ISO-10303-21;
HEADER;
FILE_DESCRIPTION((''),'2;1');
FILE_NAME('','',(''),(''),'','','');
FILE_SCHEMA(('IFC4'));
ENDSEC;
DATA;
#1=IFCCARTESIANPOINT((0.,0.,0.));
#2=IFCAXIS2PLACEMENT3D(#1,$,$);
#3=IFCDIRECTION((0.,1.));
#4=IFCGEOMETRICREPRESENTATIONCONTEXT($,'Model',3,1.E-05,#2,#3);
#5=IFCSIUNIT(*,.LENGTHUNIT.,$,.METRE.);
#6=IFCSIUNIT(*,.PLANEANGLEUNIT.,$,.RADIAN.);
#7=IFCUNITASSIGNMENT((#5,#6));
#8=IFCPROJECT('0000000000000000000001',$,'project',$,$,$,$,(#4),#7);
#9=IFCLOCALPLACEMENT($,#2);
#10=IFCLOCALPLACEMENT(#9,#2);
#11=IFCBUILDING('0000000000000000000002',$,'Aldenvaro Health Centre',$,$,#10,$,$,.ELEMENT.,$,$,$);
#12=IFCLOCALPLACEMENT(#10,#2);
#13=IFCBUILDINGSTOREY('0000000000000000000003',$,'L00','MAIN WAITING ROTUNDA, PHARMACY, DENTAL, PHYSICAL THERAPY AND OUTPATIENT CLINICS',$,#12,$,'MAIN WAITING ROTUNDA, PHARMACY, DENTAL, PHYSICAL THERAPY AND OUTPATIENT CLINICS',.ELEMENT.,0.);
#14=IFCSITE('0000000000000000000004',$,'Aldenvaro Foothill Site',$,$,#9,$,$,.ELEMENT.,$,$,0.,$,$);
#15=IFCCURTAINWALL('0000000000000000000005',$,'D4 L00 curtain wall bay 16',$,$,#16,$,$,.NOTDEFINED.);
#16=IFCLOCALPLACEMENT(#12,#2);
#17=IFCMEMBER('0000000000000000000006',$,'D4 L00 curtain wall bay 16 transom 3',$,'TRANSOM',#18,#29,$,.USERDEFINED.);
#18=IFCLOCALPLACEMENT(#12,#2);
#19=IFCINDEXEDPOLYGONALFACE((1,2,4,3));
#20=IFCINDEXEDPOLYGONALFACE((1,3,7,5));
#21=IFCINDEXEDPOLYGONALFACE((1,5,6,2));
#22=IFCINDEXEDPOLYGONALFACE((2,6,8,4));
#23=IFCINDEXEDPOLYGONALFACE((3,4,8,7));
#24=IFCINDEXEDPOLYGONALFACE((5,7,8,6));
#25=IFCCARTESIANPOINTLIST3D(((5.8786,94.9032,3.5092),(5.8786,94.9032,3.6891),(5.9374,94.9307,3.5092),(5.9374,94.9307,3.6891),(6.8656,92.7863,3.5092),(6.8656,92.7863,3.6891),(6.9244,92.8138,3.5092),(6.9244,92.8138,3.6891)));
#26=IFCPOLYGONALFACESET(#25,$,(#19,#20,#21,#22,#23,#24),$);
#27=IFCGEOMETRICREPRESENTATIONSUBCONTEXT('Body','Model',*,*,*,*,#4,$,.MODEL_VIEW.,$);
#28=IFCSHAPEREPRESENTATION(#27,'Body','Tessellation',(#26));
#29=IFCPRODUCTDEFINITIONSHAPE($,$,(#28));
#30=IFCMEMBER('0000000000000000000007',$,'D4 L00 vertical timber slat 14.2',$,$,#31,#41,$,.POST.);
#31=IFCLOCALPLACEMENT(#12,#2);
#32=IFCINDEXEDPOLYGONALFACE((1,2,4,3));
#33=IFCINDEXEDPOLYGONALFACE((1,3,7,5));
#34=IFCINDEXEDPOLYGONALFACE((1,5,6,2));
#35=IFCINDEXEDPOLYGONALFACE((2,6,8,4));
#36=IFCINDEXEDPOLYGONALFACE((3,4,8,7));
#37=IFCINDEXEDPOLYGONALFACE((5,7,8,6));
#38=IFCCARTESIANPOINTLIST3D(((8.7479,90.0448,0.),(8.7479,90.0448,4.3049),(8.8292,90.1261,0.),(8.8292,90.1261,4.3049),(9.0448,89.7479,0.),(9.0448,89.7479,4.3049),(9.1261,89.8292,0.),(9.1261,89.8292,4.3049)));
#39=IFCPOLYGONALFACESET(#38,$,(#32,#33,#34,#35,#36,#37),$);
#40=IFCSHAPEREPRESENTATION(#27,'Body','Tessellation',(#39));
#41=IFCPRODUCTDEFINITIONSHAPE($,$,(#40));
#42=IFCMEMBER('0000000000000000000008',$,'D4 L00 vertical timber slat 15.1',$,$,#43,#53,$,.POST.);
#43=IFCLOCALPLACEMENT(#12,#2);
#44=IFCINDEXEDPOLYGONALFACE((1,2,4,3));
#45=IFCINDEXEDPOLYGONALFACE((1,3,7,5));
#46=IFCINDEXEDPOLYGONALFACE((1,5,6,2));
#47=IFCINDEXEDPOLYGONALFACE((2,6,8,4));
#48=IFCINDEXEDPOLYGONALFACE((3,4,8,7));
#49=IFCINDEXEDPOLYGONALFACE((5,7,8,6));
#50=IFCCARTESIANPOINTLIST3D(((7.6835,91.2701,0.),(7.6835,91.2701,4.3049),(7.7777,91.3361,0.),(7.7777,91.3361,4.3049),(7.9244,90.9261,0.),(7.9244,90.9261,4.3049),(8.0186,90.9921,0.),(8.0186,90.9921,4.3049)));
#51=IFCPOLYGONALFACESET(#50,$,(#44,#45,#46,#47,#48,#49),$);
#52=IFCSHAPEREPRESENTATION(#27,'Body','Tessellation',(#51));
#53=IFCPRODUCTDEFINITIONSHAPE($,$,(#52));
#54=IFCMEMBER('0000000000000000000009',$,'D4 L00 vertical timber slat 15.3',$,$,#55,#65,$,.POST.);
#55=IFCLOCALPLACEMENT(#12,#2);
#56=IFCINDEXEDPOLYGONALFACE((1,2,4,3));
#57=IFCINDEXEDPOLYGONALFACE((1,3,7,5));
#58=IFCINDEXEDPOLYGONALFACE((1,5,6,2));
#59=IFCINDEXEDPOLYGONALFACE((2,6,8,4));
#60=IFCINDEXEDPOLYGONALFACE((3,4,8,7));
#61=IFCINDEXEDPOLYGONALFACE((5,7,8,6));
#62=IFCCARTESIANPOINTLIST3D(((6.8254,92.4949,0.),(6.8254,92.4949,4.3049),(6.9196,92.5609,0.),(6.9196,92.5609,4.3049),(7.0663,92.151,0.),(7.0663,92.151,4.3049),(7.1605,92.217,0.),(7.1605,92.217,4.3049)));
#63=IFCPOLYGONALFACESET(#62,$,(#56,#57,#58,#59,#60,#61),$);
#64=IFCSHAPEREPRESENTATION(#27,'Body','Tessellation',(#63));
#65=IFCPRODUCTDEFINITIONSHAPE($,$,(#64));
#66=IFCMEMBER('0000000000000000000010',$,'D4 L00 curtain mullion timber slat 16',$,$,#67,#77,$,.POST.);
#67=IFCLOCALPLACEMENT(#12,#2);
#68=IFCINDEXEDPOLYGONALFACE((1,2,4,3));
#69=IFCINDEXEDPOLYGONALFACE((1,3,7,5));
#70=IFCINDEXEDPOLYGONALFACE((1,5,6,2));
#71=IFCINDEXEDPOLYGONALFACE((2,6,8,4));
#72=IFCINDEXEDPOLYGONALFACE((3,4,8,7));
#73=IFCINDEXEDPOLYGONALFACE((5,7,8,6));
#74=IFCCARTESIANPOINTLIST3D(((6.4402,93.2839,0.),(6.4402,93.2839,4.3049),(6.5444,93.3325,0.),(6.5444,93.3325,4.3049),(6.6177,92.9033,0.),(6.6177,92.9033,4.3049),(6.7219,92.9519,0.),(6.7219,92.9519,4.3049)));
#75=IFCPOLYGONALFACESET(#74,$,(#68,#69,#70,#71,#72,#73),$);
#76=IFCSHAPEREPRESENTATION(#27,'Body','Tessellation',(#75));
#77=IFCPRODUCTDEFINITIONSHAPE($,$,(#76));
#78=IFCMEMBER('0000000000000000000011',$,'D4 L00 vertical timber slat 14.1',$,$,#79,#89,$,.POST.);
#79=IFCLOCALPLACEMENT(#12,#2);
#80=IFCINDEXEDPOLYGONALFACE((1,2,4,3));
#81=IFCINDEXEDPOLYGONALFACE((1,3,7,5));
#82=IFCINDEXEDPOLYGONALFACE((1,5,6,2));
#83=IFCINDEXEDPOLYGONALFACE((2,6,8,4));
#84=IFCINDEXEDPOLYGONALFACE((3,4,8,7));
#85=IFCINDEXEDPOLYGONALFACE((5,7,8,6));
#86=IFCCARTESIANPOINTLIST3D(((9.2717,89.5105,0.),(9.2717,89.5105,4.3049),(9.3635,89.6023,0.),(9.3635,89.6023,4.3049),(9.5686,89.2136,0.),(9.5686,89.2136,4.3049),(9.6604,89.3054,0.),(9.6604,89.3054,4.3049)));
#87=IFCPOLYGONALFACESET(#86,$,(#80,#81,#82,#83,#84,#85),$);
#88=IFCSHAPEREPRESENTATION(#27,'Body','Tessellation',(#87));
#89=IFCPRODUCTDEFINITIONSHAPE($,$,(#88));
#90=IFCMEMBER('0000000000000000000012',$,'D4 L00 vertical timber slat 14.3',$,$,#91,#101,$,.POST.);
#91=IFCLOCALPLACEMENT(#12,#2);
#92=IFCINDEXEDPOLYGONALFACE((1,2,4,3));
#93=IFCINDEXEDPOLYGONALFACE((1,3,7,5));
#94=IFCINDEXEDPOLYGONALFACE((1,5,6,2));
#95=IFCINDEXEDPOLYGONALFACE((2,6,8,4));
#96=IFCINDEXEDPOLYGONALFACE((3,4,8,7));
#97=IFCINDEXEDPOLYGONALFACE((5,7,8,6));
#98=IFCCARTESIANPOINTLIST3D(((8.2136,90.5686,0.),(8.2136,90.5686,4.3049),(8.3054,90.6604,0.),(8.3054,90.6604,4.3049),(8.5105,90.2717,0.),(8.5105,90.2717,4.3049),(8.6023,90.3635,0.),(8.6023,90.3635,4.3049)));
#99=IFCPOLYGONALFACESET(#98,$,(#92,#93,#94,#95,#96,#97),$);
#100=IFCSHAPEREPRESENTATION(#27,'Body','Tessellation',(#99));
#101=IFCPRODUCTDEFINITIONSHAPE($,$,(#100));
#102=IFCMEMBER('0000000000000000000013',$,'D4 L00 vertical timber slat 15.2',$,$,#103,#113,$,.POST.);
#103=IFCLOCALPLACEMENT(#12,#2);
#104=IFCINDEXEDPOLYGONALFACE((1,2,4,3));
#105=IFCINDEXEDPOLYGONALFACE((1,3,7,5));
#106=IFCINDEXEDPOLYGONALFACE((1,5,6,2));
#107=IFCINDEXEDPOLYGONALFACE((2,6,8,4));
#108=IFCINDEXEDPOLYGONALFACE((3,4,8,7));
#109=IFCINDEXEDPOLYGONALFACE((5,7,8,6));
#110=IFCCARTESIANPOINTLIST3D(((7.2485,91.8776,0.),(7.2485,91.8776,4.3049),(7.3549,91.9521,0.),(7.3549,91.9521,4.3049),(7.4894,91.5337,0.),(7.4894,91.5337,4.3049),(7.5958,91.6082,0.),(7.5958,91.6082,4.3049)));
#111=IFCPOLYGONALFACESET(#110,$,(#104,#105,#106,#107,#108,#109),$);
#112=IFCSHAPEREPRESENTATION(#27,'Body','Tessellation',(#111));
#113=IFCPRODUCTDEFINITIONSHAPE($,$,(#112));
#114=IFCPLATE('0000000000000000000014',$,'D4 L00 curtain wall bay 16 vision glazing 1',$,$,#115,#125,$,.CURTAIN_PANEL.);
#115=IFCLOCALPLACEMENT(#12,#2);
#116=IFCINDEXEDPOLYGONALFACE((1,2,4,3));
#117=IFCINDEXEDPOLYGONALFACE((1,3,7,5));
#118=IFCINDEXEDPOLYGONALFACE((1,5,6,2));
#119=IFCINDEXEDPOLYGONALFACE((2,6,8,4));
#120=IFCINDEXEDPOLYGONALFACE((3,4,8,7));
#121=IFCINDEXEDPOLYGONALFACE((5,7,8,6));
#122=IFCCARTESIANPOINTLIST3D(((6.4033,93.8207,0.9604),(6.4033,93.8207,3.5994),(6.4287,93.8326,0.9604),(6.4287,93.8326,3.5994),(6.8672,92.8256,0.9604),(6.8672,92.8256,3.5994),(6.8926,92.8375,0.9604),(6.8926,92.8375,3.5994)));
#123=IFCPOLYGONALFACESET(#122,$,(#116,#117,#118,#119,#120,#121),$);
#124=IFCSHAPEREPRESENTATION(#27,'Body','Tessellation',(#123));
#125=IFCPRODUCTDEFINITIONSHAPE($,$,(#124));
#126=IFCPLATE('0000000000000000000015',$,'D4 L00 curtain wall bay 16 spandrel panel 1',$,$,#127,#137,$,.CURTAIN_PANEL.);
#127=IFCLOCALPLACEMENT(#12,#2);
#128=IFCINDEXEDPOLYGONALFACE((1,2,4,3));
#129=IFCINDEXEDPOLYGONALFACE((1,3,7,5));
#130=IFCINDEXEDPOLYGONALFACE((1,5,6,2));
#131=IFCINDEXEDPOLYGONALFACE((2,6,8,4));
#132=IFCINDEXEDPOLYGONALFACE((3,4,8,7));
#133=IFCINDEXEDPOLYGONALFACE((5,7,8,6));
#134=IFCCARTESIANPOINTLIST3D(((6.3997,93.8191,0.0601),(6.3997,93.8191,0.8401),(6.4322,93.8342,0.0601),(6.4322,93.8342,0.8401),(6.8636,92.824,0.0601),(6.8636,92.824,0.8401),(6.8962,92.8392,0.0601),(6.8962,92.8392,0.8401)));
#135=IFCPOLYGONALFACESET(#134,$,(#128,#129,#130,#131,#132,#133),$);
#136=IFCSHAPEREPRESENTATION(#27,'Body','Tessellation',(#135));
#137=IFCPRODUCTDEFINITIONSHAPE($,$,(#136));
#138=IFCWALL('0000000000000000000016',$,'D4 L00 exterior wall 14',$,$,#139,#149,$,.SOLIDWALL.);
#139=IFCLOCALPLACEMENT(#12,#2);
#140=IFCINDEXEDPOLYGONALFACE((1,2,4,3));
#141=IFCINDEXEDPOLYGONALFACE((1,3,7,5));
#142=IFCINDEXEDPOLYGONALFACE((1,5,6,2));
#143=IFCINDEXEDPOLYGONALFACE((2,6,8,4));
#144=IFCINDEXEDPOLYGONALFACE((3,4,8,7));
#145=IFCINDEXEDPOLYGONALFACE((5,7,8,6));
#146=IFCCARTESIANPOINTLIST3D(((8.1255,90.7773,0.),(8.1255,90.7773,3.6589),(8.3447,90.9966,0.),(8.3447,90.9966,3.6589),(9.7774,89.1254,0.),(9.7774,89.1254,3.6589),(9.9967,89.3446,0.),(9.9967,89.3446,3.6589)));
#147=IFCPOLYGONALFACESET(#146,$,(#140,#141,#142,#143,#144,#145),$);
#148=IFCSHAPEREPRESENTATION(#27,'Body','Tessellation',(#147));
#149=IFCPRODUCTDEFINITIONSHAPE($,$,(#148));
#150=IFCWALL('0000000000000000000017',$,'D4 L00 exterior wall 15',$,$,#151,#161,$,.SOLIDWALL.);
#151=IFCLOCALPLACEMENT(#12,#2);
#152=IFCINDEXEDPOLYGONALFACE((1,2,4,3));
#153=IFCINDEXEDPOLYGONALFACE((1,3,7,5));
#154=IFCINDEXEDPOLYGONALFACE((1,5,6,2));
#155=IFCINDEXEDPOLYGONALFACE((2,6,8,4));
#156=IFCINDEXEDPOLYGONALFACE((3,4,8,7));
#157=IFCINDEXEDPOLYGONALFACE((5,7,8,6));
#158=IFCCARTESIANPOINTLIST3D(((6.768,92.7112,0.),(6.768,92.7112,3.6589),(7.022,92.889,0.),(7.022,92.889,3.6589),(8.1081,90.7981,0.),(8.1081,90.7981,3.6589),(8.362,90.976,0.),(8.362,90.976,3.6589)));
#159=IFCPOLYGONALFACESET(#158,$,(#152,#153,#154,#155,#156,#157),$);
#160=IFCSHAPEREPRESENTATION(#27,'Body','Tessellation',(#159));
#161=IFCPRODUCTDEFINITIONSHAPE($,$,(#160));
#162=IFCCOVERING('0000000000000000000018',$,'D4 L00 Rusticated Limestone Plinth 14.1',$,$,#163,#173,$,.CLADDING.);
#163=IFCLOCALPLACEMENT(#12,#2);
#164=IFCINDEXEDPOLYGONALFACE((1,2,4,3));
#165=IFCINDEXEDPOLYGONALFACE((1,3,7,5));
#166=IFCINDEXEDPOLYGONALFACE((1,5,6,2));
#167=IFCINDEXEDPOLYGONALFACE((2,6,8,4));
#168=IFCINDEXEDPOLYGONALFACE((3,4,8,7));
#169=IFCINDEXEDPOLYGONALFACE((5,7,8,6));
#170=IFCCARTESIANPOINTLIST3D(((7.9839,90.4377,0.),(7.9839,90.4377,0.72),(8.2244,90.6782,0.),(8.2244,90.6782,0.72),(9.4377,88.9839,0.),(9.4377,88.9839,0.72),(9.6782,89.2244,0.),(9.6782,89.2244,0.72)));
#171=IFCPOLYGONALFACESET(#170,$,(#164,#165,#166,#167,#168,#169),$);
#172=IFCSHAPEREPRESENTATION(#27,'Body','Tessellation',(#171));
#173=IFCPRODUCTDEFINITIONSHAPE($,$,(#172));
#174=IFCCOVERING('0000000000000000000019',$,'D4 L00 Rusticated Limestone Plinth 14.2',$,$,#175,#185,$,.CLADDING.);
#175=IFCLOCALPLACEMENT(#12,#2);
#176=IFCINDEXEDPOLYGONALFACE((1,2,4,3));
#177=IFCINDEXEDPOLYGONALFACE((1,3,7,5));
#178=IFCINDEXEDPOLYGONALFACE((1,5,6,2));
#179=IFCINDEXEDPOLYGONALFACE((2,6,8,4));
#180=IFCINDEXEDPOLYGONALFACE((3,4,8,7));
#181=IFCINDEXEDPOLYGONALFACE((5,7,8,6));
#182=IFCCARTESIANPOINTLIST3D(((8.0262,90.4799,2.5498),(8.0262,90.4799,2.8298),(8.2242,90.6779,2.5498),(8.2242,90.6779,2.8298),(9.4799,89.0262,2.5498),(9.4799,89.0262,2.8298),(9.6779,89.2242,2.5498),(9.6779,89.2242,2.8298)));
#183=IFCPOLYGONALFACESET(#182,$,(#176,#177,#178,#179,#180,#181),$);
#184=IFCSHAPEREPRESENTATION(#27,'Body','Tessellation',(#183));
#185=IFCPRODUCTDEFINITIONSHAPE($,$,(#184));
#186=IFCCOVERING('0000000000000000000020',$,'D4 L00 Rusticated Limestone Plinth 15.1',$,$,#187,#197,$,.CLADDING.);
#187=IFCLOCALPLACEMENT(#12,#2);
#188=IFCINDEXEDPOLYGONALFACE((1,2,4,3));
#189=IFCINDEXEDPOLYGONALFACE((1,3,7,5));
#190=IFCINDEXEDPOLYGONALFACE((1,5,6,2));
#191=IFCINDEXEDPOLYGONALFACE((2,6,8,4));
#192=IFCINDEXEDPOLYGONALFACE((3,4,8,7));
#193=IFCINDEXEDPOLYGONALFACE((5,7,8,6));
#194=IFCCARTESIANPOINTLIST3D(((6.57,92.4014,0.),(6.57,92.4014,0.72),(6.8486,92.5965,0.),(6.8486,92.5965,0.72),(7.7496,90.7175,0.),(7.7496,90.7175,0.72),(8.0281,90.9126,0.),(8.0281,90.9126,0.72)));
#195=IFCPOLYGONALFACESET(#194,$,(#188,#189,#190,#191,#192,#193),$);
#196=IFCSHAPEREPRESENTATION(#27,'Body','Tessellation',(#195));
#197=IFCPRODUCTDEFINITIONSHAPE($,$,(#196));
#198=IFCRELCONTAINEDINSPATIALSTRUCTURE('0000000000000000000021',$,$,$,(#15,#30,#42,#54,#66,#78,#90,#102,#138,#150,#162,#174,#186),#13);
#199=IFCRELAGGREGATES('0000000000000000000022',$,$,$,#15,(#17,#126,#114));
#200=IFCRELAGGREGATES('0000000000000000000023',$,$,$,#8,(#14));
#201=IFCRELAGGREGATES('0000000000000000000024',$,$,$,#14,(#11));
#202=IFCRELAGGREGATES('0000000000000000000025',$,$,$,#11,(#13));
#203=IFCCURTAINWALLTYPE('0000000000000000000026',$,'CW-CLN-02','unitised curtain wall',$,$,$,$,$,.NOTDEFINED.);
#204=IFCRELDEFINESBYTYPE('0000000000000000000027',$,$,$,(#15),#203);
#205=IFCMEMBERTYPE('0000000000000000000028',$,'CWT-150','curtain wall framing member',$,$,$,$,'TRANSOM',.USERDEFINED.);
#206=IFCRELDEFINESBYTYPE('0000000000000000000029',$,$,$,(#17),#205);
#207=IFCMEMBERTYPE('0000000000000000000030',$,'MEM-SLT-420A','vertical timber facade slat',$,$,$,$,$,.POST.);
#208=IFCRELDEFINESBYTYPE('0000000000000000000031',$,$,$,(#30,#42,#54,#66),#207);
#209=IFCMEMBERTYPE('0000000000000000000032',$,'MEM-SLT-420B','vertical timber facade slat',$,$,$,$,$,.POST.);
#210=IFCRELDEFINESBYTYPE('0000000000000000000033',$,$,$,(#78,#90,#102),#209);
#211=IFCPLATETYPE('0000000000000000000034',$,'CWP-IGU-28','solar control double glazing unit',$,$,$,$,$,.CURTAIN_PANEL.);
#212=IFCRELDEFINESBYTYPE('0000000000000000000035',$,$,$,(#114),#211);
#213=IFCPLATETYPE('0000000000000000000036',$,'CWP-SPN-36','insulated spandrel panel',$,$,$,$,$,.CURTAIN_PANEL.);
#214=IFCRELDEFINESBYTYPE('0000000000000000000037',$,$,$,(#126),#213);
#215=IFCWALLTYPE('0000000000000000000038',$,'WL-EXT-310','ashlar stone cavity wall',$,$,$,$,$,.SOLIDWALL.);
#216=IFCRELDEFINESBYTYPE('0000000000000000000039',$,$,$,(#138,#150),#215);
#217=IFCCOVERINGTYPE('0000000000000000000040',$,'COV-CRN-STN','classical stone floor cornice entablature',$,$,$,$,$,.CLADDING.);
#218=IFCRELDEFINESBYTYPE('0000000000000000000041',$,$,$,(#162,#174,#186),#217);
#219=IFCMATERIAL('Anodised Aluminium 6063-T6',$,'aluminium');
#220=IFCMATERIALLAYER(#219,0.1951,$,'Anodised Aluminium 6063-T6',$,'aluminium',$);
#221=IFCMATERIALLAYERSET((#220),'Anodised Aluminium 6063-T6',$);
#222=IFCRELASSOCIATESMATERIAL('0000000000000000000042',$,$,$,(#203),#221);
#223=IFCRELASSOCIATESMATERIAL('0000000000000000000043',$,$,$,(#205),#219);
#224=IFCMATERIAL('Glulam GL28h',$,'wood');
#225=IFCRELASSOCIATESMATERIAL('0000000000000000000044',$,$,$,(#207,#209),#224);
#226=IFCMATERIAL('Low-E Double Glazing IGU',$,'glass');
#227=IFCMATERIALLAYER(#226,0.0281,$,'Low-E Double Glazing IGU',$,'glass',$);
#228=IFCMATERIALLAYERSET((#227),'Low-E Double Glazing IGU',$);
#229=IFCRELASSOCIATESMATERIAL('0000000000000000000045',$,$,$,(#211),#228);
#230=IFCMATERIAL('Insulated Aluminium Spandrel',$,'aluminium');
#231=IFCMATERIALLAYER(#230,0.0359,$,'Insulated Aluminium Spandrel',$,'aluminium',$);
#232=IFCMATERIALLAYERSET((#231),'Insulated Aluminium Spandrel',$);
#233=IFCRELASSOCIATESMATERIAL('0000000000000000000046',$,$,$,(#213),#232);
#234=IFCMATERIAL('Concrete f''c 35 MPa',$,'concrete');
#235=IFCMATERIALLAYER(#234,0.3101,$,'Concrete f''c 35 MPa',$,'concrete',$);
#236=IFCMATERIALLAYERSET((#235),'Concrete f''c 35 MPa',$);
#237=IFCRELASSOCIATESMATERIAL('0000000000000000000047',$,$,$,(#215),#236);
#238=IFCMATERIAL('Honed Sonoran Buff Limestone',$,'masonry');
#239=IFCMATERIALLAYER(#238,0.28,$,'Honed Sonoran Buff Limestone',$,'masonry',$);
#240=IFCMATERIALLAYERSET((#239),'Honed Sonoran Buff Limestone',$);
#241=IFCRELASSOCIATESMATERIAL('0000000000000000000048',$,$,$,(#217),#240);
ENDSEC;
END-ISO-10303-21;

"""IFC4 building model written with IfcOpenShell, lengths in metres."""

from ifc_helpers import new_model, si_unit, direction, frame, frame_2d, origin, origin_2d, place, context, subcontext, project, spatial, rectangle, extrude, material, layer, layer_set, material_profile, profile_set, type_object, element, aggregate, save


model = new_model("IFC4")

# Units and contexts
model_context = context("Model", 3, precision=1e-05, world=origin(), true_north=direction((0.0, 1.0)))
body_context = subcontext(model_context, "Body", "Model", "MODEL_VIEW")
ifc_project = project(units=[si_unit("LENGTHUNIT", "METRE"), si_unit("PLANEANGLEUNIT", "RADIAN")], contexts=[model_context])

# Site, building, storey
site_placement = place(None, origin())
site = spatial("IfcSite", under=ifc_project, at=site_placement, Name="Aldenvaro Foothill Site", CompositionType="ELEMENT", RefElevation=0.0)
building_placement = place(site_placement, origin())
building = spatial("IfcBuilding", under=site, at=building_placement, Name="Aldenvaro Health Centre", CompositionType="ELEMENT")
storey_placement = place(building_placement, origin())
storey = spatial("IfcBuildingStorey", under=building, at=storey_placement, Name="L00", Description="MAIN WAITING ROTUNDA, PHARMACY, DENTAL, PHYSICAL THERAPY AND OUTPATIENT CLINICS", LongName="MAIN WAITING ROTUNDA, PHARMACY, DENTAL, PHYSICAL THERAPY AND OUTPATIENT CLINICS", CompositionType="ELEMENT", Elevation=0.0)

# Shared definitions
ifc_material_1 = material(Name="Glulam GL28h", Category="wood")

# Curtain wall, member
ifc_material_2 = material(Name="Anodised Aluminium 6063-T6", Category="aluminium")
ifc_layer_1 = layer(ifc_material_2, 0.1951, Name="Anodised Aluminium 6063-T6", Category="aluminium")
ifc_layer_set_1 = layer_set([ifc_layer_1], Name="Anodised Aluminium 6063-T6")
curtain_wall_type = type_object("IfcCurtainWallType", Name="CW-CLN-02", Description="unitised curtain wall", PredefinedType="NOTDEFINED", material=ifc_layer_set_1)
curtain_wall_placement = place(storey_placement, origin())
curtain_wall = element("IfcCurtainWall", 1, at=curtain_wall_placement, inside=storey, type_object=curtain_wall_type, Name="D4 L00 curtain wall bay 16", PredefinedType="NOTDEFINED")
ifc_material_profile_1 = material_profile(ifc_material_2, rectangle(XDim=0.0649, YDim=0.1799, at=origin_2d()), Name="ALU 65x180", Category="aluminium")
ifc_profile_set_1 = profile_set([ifc_material_profile_1], Name="Anodised Aluminium 6063-T6")
member_type_1 = type_object("IfcMemberType", Name="CWT-150", Description="curtain wall framing member", ElementType="TRANSOM", PredefinedType="USERDEFINED", material=ifc_profile_set_1)
member_1_placement = place(storey_placement, frame((6.895, 92.8, 3.5991), z_axis=(-0.422588, 0.906322, 0.0), x_axis=(-0.906322, -0.422588, 0.0)))
member_1 = element("IfcMember", 2, at=member_1_placement, type_object=member_type_1, Name="D4 L00 curtain wall bay 16 transom 3", ObjectType="TRANSOM", PredefinedType="USERDEFINED", context=body_context, shape_type="SweptSolid", body=[
    extrude(rectangle(XDim=0.0649, YDim=0.1799, at=origin_2d()), origin(), (0.0, 0.0, 1.0), 2.3357),
])

# Members
ifc_material_profile_2 = material_profile(ifc_material_1, rectangle(XDim=0.115, YDim=0.4199, at=origin_2d()), Name="GL 115x420", Category="wood")
ifc_profile_set_2 = profile_set([ifc_material_profile_2], Name="Glulam GL28h")
member_type_2 = type_object("IfcMemberType", Name="MEM-SLT-420A", Description="vertical timber facade slat", PredefinedType="POST", material=ifc_profile_set_2)
for number, where, z_axis, x_axis, name in (
    (3, (8.937, 89.937, 0.0), (0.0, 0.0, 1.0), (-0.707107, -0.707107, 0.0), "D4 L00 vertical timber slat 14.2"),
    (4, (7.8511, 91.1311, 0.0), (0.0, 0.0, 1.0), (-0.819051, -0.573721, 0.0), "D4 L00 vertical timber slat 15.1"),
    (5, (6.9929, 92.356, 0.0), (0.0, 0.0, 1.0), (-0.819051, -0.573721, 0.0), "D4 L00 vertical timber slat 15.3"),
    (6, (6.5811, 93.1179, 0.0), (0.0, 0.0, 1.0), (-0.906336, -0.422557, 0.0), "D4 L00 curtain mullion timber slat 16"),
):
    element("IfcMember", number, at=place(storey_placement, frame(where, z_axis=z_axis, x_axis=x_axis)), inside=storey, type_object=member_type_2, Name=name, PredefinedType="POST", context=body_context, shape_type="SweptSolid", body=[
        extrude(rectangle(XDim=0.115, YDim=0.4199, at=origin_2d()), origin(), (0.0, 0.0, 1.0), 4.3049),
    ])
ifc_material_profile_3 = material_profile(ifc_material_1, rectangle(XDim=0.1299, YDim=0.4199, at=origin_2d()), Name="GL 130x420", Category="wood")
ifc_profile_set_3 = profile_set([ifc_material_profile_3], Name="Glulam GL28h")
member_type_3 = type_object("IfcMemberType", Name="MEM-SLT-420B", Description="vertical timber facade slat", PredefinedType="POST", material=ifc_profile_set_3)
for number, where, z_axis, x_axis, name in (
    (7, (9.4661, 89.408, 0.0), (0.0, 0.0, 1.0), (-0.707107, -0.707107, 0.0), "D4 L00 vertical timber slat 14.1"),
    (8, (8.408, 90.4661, 0.0), (0.0, 0.0, 1.0), (-0.707107, -0.707107, 0.0), "D4 L00 vertical timber slat 14.3"),
    (9, (7.4221, 91.7429, 0.0), (0.0, 0.0, 1.0), (-0.819051, -0.573721, 0.0), "D4 L00 vertical timber slat 15.2"),
):
    element("IfcMember", number, at=place(storey_placement, frame(where, z_axis=z_axis, x_axis=x_axis)), inside=storey, type_object=member_type_3, Name=name, PredefinedType="POST", context=body_context, shape_type="SweptSolid", body=[
        extrude(rectangle(XDim=0.1299, YDim=0.4199, at=origin_2d()), origin(), (0.0, 0.0, 1.0), 4.3049),
    ])

# Plates
ifc_material_3 = material(Name="Low-E Double Glazing IGU", Category="glass")
ifc_layer_2 = layer(ifc_material_3, 0.0281, Name="Low-E Double Glazing IGU", Category="glass")
ifc_layer_set_2 = layer_set([ifc_layer_2], Name="Low-E Double Glazing IGU")
plate_type_1 = type_object("IfcPlateType", Name="CWP-IGU-28", Description="solar control double glazing unit", PredefinedType="CURTAIN_PANEL", material=ifc_layer_set_2)
plate_1_placement = place(storey_placement, frame((6.6479, 93.3291, 0.9604), z_axis=(0.0, 0.0, 1.0), x_axis=(-0.422557, 0.906336, 0.0)))
plate_1 = element("IfcPlate", 10, at=plate_1_placement, type_object=plate_type_1, Name="D4 L00 curtain wall bay 16 vision glazing 1", PredefinedType="CURTAIN_PANEL", context=body_context, shape_type="SweptSolid", body=[
    extrude(rectangle(XDim=1.0979, YDim=0.0281, at=origin_2d()), origin(), (0.0, 0.0, 1.0), 2.6389),
])
ifc_material_4 = material(Name="Insulated Aluminium Spandrel", Category="aluminium")
ifc_layer_3 = layer(ifc_material_4, 0.0359, Name="Insulated Aluminium Spandrel", Category="aluminium")
ifc_layer_set_3 = layer_set([ifc_layer_3], Name="Insulated Aluminium Spandrel")
plate_type_2 = type_object("IfcPlateType", Name="CWP-SPN-36", Description="insulated spandrel panel", PredefinedType="CURTAIN_PANEL", material=ifc_layer_set_3)
plate_2_placement = place(storey_placement, frame((6.6479, 93.3291, 0.0601), z_axis=(0.0, 0.0, 1.0), x_axis=(-0.422557, 0.906336, 0.0)))
plate_2 = element("IfcPlate", 11, at=plate_2_placement, type_object=plate_type_2, Name="D4 L00 curtain wall bay 16 spandrel panel 1", PredefinedType="CURTAIN_PANEL", context=body_context, shape_type="SweptSolid", body=[
    extrude(rectangle(XDim=1.0979, YDim=0.0359, at=origin_2d()), origin(), (0.0, 0.0, 1.0), 0.78),
])
aggregate(curtain_wall, [member_1, plate_2, plate_1])

# Walls
ifc_material_5 = material(Name="Concrete f'c 35 MPa", Category="concrete")
ifc_layer_4 = layer(ifc_material_5, 0.3101, Name="Concrete f'c 35 MPa", Category="concrete")
ifc_layer_set_4 = layer_set([ifc_layer_4], Name="Concrete f'c 35 MPa")
wall_type = type_object("IfcWallType", Name="WL-EXT-310", Description="ashlar stone cavity wall", PredefinedType="SOLIDWALL", material=ifc_layer_set_4)
wall_1_placement = place(storey_placement, frame((9.887, 89.2351, 0.0), z_axis=(0.0, 0.0, 1.0), x_axis=(-0.707107, 0.707107, 0.0)))
element("IfcWall", 12, at=wall_1_placement, inside=storey, type_object=wall_type, Name="D4 L00 exterior wall 14", PredefinedType="SOLIDWALL", context=body_context, shape_type="SweptSolid", body=[
    extrude(rectangle(XDim=2.3362, YDim=0.3101, at=frame_2d((1.168, 0.0))), origin(), (0.0, 0.0, 1.0), 3.6589),
])
wall_2_placement = place(storey_placement, frame((8.2351, 90.887, 0.0), z_axis=(0.0, 0.0, 1.0), x_axis=(-0.573729, 0.819045, 0.0)))
element("IfcWall", 13, at=wall_2_placement, inside=storey, type_object=wall_type, Name="D4 L00 exterior wall 15", PredefinedType="SOLIDWALL", context=body_context, shape_type="SweptSolid", body=[
    extrude(rectangle(XDim=2.3357, YDim=0.3101, at=frame_2d((1.168, 0.0))), origin(), (0.0, 0.0, 1.0), 3.6589),
])

# Coverings
ifc_material_6 = material(Name="Honed Sonoran Buff Limestone", Category="masonry")
ifc_layer_5 = layer(ifc_material_6, 0.28, Name="Honed Sonoran Buff Limestone", Category="masonry")
ifc_layer_set_5 = layer_set([ifc_layer_5], Name="Honed Sonoran Buff Limestone")
covering_type = type_object("IfcCoveringType", Name="COV-CRN-STN", Description="classical stone floor cornice entablature", PredefinedType="CLADDING", material=ifc_layer_set_5)
covering_1_placement = place(storey_placement, frame((8.8311, 89.8311, 0.0), z_axis=(0.0, 0.0, 1.0), x_axis=(-0.707107, 0.707107, 0.0)))
element("IfcCovering", 14, at=covering_1_placement, inside=storey, type_object=covering_type, Name="D4 L00 Rusticated Limestone Plinth 14.1", PredefinedType="CLADDING", context=body_context, shape_type="SweptSolid", body=[
    extrude(rectangle(XDim=2.0559, YDim=0.3401, at=origin_2d()), origin(), (0.0, 0.0, 1.0), 0.72),
])
covering_2_placement = place(storey_placement, frame((8.8521, 89.8521, 2.5498), z_axis=(0.0, 0.0, 1.0), x_axis=(-0.707107, 0.707107, 0.0)))
element("IfcCovering", 15, at=covering_2_placement, inside=storey, type_object=covering_type, Name="D4 L00 Rusticated Limestone Plinth 14.2", PredefinedType="CLADDING", context=body_context, shape_type="SweptSolid", body=[
    extrude(rectangle(XDim=2.0559, YDim=0.28, at=origin_2d()), origin(), (0.0, 0.0, 1.0), 0.28),
])
covering_3_placement = place(storey_placement, frame((7.2991, 91.657, 0.0), z_axis=(0.0, 0.0, 1.0), x_axis=(-0.573721, 0.819051, 0.0)))
element("IfcCovering", 16, at=covering_3_placement, inside=storey, type_object=covering_type, Name="D4 L00 Rusticated Limestone Plinth 15.1", PredefinedType="CLADDING", context=body_context, shape_type="SweptSolid", body=[
    extrude(rectangle(XDim=2.0559, YDim=0.3401, at=origin_2d()), origin(), (0.0, 0.0, 1.0), 0.72),
])

save(model, "model.ifc")
